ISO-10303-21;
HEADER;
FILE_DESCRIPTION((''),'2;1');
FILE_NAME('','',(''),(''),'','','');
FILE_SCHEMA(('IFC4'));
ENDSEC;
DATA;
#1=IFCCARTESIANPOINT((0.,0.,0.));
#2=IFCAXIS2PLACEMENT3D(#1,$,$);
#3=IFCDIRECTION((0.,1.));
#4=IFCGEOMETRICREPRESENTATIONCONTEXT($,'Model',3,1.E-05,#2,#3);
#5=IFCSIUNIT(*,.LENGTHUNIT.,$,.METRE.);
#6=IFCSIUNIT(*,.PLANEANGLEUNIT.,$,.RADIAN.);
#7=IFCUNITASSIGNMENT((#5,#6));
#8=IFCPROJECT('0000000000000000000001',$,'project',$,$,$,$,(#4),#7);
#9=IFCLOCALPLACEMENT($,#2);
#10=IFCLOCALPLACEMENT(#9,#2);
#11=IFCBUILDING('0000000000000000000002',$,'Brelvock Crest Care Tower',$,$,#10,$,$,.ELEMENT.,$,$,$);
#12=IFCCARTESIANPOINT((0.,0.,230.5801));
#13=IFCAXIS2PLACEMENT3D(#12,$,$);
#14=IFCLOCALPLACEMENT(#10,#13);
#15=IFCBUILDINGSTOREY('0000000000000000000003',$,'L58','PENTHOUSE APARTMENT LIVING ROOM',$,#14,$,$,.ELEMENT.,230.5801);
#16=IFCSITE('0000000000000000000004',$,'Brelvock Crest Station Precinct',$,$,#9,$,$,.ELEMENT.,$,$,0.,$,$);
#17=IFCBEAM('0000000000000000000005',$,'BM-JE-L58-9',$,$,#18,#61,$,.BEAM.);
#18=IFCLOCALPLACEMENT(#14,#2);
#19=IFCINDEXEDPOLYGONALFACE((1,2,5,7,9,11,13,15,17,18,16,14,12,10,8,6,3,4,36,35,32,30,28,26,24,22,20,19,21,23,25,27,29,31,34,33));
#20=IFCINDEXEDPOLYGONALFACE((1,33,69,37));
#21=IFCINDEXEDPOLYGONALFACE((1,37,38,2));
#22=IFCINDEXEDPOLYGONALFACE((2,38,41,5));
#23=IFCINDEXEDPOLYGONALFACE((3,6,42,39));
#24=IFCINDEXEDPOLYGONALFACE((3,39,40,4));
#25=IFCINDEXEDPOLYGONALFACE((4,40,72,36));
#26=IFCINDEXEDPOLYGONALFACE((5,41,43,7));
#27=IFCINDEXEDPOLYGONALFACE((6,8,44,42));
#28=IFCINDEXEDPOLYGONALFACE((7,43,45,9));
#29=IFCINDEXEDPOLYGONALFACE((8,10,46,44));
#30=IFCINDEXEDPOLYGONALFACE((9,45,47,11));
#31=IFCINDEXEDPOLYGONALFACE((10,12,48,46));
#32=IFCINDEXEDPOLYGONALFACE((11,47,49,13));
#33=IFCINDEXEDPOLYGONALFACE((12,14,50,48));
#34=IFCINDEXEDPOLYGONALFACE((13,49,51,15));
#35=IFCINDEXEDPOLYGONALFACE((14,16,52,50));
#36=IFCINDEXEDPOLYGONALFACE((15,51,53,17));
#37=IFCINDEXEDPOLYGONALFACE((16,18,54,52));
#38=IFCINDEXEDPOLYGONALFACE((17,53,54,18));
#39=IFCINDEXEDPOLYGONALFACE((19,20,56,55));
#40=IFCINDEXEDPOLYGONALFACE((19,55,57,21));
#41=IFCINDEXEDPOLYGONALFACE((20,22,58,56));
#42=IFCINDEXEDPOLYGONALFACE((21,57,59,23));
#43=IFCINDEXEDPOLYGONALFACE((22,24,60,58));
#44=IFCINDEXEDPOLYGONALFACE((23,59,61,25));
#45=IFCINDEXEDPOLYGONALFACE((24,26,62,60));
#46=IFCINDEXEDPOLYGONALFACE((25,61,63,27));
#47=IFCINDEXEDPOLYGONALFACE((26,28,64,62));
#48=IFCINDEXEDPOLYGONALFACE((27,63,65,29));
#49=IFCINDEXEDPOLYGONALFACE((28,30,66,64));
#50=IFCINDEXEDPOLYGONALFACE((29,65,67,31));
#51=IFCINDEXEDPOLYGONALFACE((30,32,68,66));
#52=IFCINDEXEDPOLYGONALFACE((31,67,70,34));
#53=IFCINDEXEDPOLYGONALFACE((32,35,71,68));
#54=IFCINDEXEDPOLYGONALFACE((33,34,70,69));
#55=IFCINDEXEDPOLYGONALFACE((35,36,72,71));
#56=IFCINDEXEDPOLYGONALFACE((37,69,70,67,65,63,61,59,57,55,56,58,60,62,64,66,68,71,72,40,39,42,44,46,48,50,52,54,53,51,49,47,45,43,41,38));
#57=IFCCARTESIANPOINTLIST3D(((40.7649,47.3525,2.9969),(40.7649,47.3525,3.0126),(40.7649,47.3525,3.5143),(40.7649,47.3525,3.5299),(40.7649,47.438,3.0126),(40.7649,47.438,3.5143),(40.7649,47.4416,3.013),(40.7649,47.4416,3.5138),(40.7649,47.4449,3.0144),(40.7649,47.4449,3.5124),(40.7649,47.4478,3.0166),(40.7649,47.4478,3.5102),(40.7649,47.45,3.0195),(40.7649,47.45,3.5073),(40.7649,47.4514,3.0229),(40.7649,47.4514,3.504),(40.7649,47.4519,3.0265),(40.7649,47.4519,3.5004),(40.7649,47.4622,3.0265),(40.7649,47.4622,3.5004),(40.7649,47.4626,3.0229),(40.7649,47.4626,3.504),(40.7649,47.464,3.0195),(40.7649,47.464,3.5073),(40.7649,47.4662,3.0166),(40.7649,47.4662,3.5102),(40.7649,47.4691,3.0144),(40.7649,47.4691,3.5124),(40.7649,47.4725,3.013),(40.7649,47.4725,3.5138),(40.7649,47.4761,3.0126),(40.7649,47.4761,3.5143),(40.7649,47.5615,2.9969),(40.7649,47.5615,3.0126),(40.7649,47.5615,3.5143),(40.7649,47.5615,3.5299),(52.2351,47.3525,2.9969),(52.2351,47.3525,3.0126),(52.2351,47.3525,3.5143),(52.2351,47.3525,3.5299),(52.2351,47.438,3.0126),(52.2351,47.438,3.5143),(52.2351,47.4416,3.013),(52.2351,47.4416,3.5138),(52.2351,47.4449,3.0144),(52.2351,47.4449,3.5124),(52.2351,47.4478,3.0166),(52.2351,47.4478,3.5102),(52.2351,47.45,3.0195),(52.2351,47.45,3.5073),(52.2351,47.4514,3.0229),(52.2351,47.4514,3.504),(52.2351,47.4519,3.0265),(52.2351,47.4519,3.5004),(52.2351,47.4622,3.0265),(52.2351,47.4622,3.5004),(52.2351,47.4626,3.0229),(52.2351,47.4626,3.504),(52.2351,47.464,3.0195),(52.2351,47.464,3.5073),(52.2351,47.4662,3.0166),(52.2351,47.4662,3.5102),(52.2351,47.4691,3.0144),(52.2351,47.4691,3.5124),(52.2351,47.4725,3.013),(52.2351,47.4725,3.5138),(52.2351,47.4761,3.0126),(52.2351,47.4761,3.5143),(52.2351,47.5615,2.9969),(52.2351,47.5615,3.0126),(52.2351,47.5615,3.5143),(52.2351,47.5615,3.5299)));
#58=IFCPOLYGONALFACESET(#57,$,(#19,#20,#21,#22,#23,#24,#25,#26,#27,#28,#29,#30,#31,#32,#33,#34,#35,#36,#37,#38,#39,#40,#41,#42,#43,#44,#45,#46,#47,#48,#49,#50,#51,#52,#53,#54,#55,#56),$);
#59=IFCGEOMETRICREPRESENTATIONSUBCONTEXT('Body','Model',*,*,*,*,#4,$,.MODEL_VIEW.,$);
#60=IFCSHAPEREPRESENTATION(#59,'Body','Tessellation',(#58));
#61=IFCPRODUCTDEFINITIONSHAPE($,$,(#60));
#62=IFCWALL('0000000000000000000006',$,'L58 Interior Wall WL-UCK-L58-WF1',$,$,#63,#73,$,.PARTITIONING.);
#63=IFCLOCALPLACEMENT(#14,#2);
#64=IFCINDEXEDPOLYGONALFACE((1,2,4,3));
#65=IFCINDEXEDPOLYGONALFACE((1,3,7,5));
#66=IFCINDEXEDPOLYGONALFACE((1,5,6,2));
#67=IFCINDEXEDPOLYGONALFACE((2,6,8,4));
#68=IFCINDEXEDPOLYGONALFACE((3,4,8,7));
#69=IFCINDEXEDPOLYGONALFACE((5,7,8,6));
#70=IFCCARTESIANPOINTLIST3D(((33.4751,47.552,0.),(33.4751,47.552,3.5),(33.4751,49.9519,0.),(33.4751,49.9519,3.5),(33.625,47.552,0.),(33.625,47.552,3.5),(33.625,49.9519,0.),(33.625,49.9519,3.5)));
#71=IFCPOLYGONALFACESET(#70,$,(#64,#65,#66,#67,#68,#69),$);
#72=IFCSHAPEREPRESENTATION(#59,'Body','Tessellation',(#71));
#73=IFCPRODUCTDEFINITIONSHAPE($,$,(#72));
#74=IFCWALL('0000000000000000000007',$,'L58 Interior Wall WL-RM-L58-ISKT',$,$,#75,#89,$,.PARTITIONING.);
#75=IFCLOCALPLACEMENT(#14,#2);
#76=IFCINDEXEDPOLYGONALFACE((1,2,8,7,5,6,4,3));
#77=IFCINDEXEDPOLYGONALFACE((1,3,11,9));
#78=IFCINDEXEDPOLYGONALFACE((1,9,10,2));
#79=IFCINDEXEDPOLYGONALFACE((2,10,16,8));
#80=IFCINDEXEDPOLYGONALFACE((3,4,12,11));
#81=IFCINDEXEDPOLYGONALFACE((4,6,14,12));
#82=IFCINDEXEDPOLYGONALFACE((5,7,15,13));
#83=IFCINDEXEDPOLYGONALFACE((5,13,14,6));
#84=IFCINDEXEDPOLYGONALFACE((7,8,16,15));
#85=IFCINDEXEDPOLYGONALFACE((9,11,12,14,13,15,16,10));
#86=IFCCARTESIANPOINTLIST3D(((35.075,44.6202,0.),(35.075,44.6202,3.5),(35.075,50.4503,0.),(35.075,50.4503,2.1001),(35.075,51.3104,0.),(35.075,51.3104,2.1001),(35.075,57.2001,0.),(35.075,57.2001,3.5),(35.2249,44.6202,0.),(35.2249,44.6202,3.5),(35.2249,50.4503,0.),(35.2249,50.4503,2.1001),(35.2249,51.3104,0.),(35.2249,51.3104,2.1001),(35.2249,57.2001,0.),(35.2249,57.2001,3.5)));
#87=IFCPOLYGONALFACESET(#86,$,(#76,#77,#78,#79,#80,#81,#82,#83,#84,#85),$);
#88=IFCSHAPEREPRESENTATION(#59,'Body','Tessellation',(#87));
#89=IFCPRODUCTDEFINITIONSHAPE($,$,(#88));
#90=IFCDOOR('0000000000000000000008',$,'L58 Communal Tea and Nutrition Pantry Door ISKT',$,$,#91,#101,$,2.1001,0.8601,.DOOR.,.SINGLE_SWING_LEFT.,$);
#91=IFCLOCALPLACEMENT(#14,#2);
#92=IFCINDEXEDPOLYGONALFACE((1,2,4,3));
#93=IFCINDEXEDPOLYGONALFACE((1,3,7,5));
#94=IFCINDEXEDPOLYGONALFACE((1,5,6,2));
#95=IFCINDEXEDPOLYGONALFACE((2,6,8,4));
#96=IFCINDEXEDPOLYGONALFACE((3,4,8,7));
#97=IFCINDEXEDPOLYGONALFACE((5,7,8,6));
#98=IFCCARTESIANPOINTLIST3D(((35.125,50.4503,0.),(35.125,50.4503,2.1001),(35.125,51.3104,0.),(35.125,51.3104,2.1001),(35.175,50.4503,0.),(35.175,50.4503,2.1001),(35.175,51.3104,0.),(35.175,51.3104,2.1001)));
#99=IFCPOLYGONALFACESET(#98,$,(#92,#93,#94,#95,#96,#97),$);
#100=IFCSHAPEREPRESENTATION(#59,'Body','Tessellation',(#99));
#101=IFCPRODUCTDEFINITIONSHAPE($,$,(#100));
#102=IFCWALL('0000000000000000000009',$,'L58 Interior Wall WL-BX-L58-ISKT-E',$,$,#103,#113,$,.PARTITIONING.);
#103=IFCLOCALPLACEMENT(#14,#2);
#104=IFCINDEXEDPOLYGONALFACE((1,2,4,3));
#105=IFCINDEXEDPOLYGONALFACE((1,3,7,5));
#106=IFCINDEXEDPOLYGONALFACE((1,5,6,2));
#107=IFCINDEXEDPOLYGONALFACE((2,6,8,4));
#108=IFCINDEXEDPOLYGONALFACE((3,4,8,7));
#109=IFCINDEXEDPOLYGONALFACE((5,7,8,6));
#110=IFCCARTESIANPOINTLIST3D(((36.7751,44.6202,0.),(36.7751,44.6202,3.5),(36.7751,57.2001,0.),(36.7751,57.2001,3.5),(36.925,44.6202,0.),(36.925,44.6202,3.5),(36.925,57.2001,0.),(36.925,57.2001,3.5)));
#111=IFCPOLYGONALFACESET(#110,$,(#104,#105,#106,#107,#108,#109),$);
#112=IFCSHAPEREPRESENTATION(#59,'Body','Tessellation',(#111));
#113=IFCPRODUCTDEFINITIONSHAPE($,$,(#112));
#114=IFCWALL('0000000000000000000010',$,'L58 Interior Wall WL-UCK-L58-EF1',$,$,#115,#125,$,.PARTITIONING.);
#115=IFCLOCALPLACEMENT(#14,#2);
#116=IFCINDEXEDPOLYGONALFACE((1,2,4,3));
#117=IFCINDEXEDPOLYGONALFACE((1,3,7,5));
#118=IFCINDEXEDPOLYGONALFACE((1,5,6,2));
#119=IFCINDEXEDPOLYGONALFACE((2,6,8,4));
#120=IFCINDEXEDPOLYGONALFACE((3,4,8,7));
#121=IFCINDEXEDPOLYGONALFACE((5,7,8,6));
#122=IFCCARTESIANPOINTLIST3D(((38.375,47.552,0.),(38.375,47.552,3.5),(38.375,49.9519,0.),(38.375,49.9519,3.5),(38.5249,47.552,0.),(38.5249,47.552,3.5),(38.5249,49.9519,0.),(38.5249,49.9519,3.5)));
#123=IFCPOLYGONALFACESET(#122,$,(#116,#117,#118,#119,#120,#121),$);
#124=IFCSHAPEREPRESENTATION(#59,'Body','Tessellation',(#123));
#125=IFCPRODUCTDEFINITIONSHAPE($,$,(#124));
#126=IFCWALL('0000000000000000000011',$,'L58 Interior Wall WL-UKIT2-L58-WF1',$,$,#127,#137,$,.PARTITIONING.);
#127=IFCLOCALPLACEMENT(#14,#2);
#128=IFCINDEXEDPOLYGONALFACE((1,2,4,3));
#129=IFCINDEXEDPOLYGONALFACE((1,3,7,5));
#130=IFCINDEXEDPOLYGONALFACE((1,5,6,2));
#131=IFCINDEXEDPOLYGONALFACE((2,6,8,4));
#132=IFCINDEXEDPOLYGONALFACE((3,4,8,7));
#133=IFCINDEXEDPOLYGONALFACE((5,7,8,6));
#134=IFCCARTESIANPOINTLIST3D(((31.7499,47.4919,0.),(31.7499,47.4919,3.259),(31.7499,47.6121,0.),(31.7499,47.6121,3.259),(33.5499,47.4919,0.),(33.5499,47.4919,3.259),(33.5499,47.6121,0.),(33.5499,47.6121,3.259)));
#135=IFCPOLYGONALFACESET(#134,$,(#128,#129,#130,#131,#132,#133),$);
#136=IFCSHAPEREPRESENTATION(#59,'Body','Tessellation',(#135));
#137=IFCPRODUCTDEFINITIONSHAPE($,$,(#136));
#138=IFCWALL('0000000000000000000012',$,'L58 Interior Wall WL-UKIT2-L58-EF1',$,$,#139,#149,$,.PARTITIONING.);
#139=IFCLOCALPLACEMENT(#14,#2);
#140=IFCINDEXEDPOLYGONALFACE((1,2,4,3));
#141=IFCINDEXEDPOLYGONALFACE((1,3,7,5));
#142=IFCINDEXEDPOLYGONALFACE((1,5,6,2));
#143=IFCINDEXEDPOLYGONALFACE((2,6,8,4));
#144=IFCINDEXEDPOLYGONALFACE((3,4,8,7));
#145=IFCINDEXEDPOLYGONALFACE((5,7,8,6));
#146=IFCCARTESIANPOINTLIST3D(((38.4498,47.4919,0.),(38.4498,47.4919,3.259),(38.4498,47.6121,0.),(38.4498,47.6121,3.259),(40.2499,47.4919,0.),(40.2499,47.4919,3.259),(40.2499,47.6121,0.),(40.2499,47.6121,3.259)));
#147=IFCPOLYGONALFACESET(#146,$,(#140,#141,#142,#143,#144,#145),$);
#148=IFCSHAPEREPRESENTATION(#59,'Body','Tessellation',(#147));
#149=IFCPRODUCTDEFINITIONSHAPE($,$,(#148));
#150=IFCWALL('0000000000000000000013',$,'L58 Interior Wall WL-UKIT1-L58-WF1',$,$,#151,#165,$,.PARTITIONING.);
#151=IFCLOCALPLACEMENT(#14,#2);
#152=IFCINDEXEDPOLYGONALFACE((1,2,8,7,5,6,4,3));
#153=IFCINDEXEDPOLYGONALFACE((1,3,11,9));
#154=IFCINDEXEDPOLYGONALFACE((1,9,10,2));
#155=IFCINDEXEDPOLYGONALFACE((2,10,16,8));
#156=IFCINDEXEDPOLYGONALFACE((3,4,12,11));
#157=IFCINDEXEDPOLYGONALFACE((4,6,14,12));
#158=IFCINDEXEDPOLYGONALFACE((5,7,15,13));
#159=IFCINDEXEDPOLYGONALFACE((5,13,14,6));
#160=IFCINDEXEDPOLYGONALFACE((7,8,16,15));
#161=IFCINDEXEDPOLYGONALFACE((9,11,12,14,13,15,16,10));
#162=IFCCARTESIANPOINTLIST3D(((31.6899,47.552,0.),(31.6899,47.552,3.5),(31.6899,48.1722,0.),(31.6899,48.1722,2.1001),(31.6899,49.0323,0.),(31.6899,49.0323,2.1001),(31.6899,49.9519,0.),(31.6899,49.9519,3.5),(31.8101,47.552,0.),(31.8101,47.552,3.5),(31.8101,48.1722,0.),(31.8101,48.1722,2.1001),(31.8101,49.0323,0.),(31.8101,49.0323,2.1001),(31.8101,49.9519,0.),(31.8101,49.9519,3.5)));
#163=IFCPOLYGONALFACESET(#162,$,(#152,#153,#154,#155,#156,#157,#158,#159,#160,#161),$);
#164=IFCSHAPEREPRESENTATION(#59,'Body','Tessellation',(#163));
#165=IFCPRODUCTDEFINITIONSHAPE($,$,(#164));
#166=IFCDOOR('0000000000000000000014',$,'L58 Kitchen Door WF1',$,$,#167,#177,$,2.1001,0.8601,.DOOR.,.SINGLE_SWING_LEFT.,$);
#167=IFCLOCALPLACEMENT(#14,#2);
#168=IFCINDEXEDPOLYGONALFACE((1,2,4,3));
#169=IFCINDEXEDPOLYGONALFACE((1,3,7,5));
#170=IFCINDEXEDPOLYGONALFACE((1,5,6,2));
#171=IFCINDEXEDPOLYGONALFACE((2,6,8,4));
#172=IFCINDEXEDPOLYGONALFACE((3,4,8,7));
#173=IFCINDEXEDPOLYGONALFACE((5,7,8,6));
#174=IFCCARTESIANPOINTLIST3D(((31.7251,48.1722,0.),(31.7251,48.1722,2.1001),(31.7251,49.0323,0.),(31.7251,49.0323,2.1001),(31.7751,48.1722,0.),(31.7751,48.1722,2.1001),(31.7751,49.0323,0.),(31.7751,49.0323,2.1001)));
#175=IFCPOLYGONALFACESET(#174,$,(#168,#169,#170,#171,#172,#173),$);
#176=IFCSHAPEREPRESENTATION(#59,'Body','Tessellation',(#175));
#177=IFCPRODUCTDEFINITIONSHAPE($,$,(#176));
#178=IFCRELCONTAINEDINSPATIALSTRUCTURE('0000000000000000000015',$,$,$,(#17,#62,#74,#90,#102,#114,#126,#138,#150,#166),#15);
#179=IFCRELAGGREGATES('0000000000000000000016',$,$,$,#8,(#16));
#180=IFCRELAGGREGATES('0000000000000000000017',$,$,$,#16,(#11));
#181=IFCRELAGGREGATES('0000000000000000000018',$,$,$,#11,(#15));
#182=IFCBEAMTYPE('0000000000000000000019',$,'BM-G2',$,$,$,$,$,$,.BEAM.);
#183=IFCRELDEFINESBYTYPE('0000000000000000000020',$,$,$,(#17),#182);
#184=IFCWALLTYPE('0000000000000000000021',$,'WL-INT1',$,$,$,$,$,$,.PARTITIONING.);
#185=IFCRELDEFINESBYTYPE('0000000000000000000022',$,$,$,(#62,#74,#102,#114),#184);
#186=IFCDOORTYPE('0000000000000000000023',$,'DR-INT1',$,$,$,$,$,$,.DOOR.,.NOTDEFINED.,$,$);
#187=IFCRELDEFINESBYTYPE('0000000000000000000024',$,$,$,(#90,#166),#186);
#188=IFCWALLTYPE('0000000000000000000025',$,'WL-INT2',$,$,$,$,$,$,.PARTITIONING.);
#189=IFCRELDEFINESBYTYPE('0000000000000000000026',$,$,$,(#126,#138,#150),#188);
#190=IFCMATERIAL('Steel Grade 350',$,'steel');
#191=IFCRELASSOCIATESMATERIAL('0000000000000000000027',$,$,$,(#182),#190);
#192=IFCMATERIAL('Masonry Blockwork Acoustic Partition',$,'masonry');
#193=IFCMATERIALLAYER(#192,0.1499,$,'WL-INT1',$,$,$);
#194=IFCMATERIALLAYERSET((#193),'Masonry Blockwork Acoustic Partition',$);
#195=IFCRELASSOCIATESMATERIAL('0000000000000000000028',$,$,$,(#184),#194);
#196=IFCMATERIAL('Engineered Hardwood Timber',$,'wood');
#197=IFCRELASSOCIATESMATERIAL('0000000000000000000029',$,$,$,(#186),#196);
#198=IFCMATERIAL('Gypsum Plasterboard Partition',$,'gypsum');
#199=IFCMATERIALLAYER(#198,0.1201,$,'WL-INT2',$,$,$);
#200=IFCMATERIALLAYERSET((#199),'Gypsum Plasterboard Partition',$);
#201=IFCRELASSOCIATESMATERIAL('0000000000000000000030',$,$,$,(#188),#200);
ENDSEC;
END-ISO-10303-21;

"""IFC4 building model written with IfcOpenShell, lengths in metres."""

from ifc_helpers import new_model, si_unit, direction, frame, frame_2d, origin, origin_2d, place, context, subcontext, project, spatial, rectangle, i_section, extrude, source, transform, mapped, material, layer, layer_set, material_profile, profile_set, type_object, element, fill, save


model = new_model("IFC4")

# Units and contexts
model_context = context("Model", 3, precision=1e-05, world=origin(), true_north=direction((0.0, 1.0)))
body_context = subcontext(model_context, "Body", "Model", "MODEL_VIEW")
ifc_project = project(units=[si_unit("LENGTHUNIT", "METRE"), si_unit("PLANEANGLEUNIT", "RADIAN")], contexts=[model_context])

# Site, building, storey
site_placement = place(None, origin())
site = spatial("IfcSite", under=ifc_project, at=site_placement, Name="Brelvock Crest Station Precinct", CompositionType="ELEMENT", RefElevation=0.0)
building_placement = place(site_placement, origin())
building = spatial("IfcBuilding", under=site, at=building_placement, Name="Brelvock Crest Care Tower", CompositionType="ELEMENT")
storey_placement = place(building_placement, frame((0.0, 0.0, 230.5801)))
storey = spatial("IfcBuildingStorey", under=building, at=storey_placement, Name="L58", Description="PENTHOUSE APARTMENT LIVING ROOM", CompositionType="ELEMENT", Elevation=230.5801)

# Beam
ifc_material_1 = material(Name="Steel Grade 350", Category="steel")
ifc_material_profile_1 = material_profile(ifc_material_1, i_section(OverallWidth=0.209, OverallDepth=0.533, WebThickness=0.0103, FlangeThickness=0.0156, FilletRadius=0.0139, at=origin_2d()), Name="530UB92.4")
ifc_profile_set_1 = profile_set([ifc_material_profile_1], Name="Steel Grade 350")
beam_type_1 = type_object("IfcBeamType", Name="BM-G2", PredefinedType="BEAM", material=ifc_profile_set_1)
shared_shape_1 = source(origin(), body_context, "Body", "SweptSolid", [
    extrude(i_section(OverallWidth=0.209, OverallDepth=0.533, WebThickness=0.0103, FlangeThickness=0.0156, FilletRadius=0.0139, at=origin_2d()), origin(), (0.0, 0.0, 1.0), 11.4702),
])
for number, where, z_axis, x_axis, name in (
    (1, (40.7649, 47.457, 3.2634), (1.0, 0.0, 0.0), (0.0, 1.0, 0.0), "BM-JE-L58-9"),
):
    element("IfcBeam", number, at=place(storey_placement, frame(where, z_axis=z_axis, x_axis=x_axis)), inside=storey, type_object=beam_type_1, Name=name, PredefinedType="BEAM", context=body_context, shape_type="MappedRepresentation", body=[
        mapped(shared_shape_1, transform((0.0, 0.0, 0.0), x_axis=(1.0, 0.0, 0.0), y_axis=(0.0, 1.0, 0.0), z_axis=(0.0, 0.0, 1.0), scale=1.0)),
    ])

# Wall
ifc_material_2 = material(Name="Masonry Blockwork Acoustic Partition", Category="masonry")
ifc_layer_1 = layer(ifc_material_2, 0.1499, Name="WL-INT1")
ifc_layer_set_1 = layer_set([ifc_layer_1], Name="Masonry Blockwork Acoustic Partition")
wall_type_1 = type_object("IfcWallType", Name="WL-INT1", PredefinedType="PARTITIONING", material=ifc_layer_set_1)
wall_1_placement = place(storey_placement, frame((33.55, 47.552, 0.0), z_axis=(0.0, 0.0, 1.0), x_axis=(0.0, 1.0, 0.0)))
element("IfcWall", 2, at=wall_1_placement, inside=storey, type_object=wall_type_1, Name="L58 Interior Wall WL-UCK-L58-WF1", PredefinedType="PARTITIONING", context=body_context, shape_type="SweptSolid", body=[
    extrude(rectangle(XDim=2.3999, YDim=0.1499, at=frame_2d((1.2, 0.0))), origin(), (0.0, 0.0, 1.0), 3.5),
])

# Wall, opening, door
wall_2_placement = place(storey_placement, frame((35.1499, 44.6201, 0.0), z_axis=(0.0, 0.0, 1.0), x_axis=(0.0, 1.0, 0.0)))
wall_2 = element("IfcWall", 3, at=wall_2_placement, inside=storey, type_object=wall_type_1, Name="L58 Interior Wall WL-RM-L58-ISKT", PredefinedType="PARTITIONING", context=body_context, shape_type="SweptSolid", body=[
    extrude(rectangle(XDim=12.5798, YDim=0.1499, at=frame_2d((6.29, 0.0))), origin(), (0.0, 0.0, 1.0), 3.5),
])
opening_1_placement = place(wall_2_placement, frame((5.8301, 0.0, 0.0)))
opening_1 = element("IfcOpeningElement", 4, at=opening_1_placement, cuts=wall_2, PredefinedType="OPENING", context=body_context, shape_type="SweptSolid", body=[
    extrude(rectangle(XDim=0.8601, YDim=2.1001, at=origin_2d()), frame((0.4302, 0.085, 1.05), z_axis=(0.0, -1.0, 0.0), x_axis=(1.0, 0.0, 0.0)), (0.0, 0.0, 1.0), 0.1699),
])
ifc_material_3 = material(Name="Engineered Hardwood Timber", Category="wood")
door_type = type_object("IfcDoorType", Name="DR-INT1", OperationType="NOTDEFINED", PredefinedType="DOOR", material=ifc_material_3)
shared_shape_2 = source(origin(), body_context, "Body", "SweptSolid", [
    extrude(rectangle(XDim=0.8601, YDim=2.1001, at=origin_2d()), frame((0.4302, 0.0249, 1.05), z_axis=(0.0, -1.0, 0.0), x_axis=(1.0, 0.0, 0.0)), (0.0, 0.0, 1.0), 0.05),
])
door_1_placement = place(opening_1_placement, origin())
door_1 = element("IfcDoor", 5, at=door_1_placement, inside=storey, type_object=door_type, Name="L58 Communal Tea and Nutrition Pantry Door ISKT", OperationType="SINGLE_SWING_LEFT", OverallHeight=2.1001, OverallWidth=0.8601, PredefinedType="DOOR", context=body_context, shape_type="MappedRepresentation", body=[
    mapped(shared_shape_2, transform((0.0, 0.0, 0.0), x_axis=(1.0, 0.0, 0.0), y_axis=(0.0, 1.0, 0.0), z_axis=(0.0, 0.0, 1.0), scale=1.0)),
])
fill(opening_1, door_1)

# Walls
wall_3_placement = place(storey_placement, frame((36.8501, 44.6201, 0.0), z_axis=(0.0, 0.0, 1.0), x_axis=(0.0, 1.0, 0.0)))
element("IfcWall", 6, at=wall_3_placement, inside=storey, type_object=wall_type_1, Name="L58 Interior Wall WL-BX-L58-ISKT-E", PredefinedType="PARTITIONING", context=body_context, shape_type="SweptSolid", body=[
    extrude(rectangle(XDim=12.5798, YDim=0.1499, at=frame_2d((6.29, 0.0))), origin(), (0.0, 0.0, 1.0), 3.5),
])
wall_4_placement = place(storey_placement, frame((38.45, 47.552, 0.0), z_axis=(0.0, 0.0, 1.0), x_axis=(0.0, 1.0, 0.0)))
element("IfcWall", 7, at=wall_4_placement, inside=storey, type_object=wall_type_1, Name="L58 Interior Wall WL-UCK-L58-EF1", PredefinedType="PARTITIONING", context=body_context, shape_type="SweptSolid", body=[
    extrude(rectangle(XDim=2.3999, YDim=0.1499, at=frame_2d((1.2, 0.0))), origin(), (0.0, 0.0, 1.0), 3.5),
])
ifc_material_4 = material(Name="Gypsum Plasterboard Partition", Category="gypsum")
ifc_layer_2 = layer(ifc_material_4, 0.1201, Name="WL-INT2")
ifc_layer_set_2 = layer_set([ifc_layer_2], Name="Gypsum Plasterboard Partition")
wall_type_2 = type_object("IfcWallType", Name="WL-INT2", PredefinedType="PARTITIONING", material=ifc_layer_set_2)
for number, where, z_axis, x_axis, name in (
    (8, (31.75, 47.552, 0.0), (0.0, 0.0, 1.0), (1.0, 0.0, 0.0), "L58 Interior Wall WL-UKIT2-L58-WF1"),
    (9, (38.45, 47.552, 0.0), (0.0, 0.0, 1.0), (1.0, 0.0, 0.0), "L58 Interior Wall WL-UKIT2-L58-EF1"),
):
    element("IfcWall", number, at=place(storey_placement, frame(where, z_axis=z_axis, x_axis=x_axis)), inside=storey, type_object=wall_type_2, Name=name, PredefinedType="PARTITIONING", context=body_context, shape_type="SweptSolid", body=[
        extrude(rectangle(XDim=1.8, YDim=0.1201, at=frame_2d((0.8999, 0.0))), origin(), (0.0, 0.0, 1.0), 3.259),
    ])

# Wall, opening, door
wall_5_placement = place(storey_placement, frame((31.75, 47.552, 0.0), z_axis=(0.0, 0.0, 1.0), x_axis=(0.0, 1.0, 0.0)))
wall_5 = element("IfcWall", 10, at=wall_5_placement, inside=storey, type_object=wall_type_2, Name="L58 Interior Wall WL-UKIT1-L58-WF1", PredefinedType="PARTITIONING", context=body_context, shape_type="SweptSolid", body=[
    extrude(rectangle(XDim=2.3999, YDim=0.1201, at=frame_2d((1.2, 0.0))), origin(), (0.0, 0.0, 1.0), 3.5),
])
opening_2_placement = place(wall_5_placement, frame((0.6201, 0.0, 0.0)))
opening_2 = element("IfcOpeningElement", 11, at=opening_2_placement, cuts=wall_5, PredefinedType="OPENING", context=body_context, shape_type="SweptSolid", body=[
    extrude(rectangle(XDim=0.8601, YDim=2.1001, at=origin_2d()), frame((0.4302, 0.0701, 1.05), z_axis=(0.0, -1.0, 0.0), x_axis=(1.0, 0.0, 0.0)), (0.0, 0.0, 1.0), 0.1401),
])
door_2_placement = place(opening_2_placement, origin())
door_2 = element("IfcDoor", 12, at=door_2_placement, inside=storey, type_object=door_type, Name="L58 Kitchen Door WF1", OperationType="SINGLE_SWING_LEFT", OverallHeight=2.1001, OverallWidth=0.8601, PredefinedType="DOOR", context=body_context, shape_type="MappedRepresentation", body=[
    mapped(shared_shape_2, transform((0.0, 0.0, 0.0), x_axis=(1.0, 0.0, 0.0), y_axis=(0.0, 1.0, 0.0), z_axis=(0.0, 0.0, 1.0), scale=1.0)),
])
fill(opening_2, door_2)

save(model, "model.ifc")
